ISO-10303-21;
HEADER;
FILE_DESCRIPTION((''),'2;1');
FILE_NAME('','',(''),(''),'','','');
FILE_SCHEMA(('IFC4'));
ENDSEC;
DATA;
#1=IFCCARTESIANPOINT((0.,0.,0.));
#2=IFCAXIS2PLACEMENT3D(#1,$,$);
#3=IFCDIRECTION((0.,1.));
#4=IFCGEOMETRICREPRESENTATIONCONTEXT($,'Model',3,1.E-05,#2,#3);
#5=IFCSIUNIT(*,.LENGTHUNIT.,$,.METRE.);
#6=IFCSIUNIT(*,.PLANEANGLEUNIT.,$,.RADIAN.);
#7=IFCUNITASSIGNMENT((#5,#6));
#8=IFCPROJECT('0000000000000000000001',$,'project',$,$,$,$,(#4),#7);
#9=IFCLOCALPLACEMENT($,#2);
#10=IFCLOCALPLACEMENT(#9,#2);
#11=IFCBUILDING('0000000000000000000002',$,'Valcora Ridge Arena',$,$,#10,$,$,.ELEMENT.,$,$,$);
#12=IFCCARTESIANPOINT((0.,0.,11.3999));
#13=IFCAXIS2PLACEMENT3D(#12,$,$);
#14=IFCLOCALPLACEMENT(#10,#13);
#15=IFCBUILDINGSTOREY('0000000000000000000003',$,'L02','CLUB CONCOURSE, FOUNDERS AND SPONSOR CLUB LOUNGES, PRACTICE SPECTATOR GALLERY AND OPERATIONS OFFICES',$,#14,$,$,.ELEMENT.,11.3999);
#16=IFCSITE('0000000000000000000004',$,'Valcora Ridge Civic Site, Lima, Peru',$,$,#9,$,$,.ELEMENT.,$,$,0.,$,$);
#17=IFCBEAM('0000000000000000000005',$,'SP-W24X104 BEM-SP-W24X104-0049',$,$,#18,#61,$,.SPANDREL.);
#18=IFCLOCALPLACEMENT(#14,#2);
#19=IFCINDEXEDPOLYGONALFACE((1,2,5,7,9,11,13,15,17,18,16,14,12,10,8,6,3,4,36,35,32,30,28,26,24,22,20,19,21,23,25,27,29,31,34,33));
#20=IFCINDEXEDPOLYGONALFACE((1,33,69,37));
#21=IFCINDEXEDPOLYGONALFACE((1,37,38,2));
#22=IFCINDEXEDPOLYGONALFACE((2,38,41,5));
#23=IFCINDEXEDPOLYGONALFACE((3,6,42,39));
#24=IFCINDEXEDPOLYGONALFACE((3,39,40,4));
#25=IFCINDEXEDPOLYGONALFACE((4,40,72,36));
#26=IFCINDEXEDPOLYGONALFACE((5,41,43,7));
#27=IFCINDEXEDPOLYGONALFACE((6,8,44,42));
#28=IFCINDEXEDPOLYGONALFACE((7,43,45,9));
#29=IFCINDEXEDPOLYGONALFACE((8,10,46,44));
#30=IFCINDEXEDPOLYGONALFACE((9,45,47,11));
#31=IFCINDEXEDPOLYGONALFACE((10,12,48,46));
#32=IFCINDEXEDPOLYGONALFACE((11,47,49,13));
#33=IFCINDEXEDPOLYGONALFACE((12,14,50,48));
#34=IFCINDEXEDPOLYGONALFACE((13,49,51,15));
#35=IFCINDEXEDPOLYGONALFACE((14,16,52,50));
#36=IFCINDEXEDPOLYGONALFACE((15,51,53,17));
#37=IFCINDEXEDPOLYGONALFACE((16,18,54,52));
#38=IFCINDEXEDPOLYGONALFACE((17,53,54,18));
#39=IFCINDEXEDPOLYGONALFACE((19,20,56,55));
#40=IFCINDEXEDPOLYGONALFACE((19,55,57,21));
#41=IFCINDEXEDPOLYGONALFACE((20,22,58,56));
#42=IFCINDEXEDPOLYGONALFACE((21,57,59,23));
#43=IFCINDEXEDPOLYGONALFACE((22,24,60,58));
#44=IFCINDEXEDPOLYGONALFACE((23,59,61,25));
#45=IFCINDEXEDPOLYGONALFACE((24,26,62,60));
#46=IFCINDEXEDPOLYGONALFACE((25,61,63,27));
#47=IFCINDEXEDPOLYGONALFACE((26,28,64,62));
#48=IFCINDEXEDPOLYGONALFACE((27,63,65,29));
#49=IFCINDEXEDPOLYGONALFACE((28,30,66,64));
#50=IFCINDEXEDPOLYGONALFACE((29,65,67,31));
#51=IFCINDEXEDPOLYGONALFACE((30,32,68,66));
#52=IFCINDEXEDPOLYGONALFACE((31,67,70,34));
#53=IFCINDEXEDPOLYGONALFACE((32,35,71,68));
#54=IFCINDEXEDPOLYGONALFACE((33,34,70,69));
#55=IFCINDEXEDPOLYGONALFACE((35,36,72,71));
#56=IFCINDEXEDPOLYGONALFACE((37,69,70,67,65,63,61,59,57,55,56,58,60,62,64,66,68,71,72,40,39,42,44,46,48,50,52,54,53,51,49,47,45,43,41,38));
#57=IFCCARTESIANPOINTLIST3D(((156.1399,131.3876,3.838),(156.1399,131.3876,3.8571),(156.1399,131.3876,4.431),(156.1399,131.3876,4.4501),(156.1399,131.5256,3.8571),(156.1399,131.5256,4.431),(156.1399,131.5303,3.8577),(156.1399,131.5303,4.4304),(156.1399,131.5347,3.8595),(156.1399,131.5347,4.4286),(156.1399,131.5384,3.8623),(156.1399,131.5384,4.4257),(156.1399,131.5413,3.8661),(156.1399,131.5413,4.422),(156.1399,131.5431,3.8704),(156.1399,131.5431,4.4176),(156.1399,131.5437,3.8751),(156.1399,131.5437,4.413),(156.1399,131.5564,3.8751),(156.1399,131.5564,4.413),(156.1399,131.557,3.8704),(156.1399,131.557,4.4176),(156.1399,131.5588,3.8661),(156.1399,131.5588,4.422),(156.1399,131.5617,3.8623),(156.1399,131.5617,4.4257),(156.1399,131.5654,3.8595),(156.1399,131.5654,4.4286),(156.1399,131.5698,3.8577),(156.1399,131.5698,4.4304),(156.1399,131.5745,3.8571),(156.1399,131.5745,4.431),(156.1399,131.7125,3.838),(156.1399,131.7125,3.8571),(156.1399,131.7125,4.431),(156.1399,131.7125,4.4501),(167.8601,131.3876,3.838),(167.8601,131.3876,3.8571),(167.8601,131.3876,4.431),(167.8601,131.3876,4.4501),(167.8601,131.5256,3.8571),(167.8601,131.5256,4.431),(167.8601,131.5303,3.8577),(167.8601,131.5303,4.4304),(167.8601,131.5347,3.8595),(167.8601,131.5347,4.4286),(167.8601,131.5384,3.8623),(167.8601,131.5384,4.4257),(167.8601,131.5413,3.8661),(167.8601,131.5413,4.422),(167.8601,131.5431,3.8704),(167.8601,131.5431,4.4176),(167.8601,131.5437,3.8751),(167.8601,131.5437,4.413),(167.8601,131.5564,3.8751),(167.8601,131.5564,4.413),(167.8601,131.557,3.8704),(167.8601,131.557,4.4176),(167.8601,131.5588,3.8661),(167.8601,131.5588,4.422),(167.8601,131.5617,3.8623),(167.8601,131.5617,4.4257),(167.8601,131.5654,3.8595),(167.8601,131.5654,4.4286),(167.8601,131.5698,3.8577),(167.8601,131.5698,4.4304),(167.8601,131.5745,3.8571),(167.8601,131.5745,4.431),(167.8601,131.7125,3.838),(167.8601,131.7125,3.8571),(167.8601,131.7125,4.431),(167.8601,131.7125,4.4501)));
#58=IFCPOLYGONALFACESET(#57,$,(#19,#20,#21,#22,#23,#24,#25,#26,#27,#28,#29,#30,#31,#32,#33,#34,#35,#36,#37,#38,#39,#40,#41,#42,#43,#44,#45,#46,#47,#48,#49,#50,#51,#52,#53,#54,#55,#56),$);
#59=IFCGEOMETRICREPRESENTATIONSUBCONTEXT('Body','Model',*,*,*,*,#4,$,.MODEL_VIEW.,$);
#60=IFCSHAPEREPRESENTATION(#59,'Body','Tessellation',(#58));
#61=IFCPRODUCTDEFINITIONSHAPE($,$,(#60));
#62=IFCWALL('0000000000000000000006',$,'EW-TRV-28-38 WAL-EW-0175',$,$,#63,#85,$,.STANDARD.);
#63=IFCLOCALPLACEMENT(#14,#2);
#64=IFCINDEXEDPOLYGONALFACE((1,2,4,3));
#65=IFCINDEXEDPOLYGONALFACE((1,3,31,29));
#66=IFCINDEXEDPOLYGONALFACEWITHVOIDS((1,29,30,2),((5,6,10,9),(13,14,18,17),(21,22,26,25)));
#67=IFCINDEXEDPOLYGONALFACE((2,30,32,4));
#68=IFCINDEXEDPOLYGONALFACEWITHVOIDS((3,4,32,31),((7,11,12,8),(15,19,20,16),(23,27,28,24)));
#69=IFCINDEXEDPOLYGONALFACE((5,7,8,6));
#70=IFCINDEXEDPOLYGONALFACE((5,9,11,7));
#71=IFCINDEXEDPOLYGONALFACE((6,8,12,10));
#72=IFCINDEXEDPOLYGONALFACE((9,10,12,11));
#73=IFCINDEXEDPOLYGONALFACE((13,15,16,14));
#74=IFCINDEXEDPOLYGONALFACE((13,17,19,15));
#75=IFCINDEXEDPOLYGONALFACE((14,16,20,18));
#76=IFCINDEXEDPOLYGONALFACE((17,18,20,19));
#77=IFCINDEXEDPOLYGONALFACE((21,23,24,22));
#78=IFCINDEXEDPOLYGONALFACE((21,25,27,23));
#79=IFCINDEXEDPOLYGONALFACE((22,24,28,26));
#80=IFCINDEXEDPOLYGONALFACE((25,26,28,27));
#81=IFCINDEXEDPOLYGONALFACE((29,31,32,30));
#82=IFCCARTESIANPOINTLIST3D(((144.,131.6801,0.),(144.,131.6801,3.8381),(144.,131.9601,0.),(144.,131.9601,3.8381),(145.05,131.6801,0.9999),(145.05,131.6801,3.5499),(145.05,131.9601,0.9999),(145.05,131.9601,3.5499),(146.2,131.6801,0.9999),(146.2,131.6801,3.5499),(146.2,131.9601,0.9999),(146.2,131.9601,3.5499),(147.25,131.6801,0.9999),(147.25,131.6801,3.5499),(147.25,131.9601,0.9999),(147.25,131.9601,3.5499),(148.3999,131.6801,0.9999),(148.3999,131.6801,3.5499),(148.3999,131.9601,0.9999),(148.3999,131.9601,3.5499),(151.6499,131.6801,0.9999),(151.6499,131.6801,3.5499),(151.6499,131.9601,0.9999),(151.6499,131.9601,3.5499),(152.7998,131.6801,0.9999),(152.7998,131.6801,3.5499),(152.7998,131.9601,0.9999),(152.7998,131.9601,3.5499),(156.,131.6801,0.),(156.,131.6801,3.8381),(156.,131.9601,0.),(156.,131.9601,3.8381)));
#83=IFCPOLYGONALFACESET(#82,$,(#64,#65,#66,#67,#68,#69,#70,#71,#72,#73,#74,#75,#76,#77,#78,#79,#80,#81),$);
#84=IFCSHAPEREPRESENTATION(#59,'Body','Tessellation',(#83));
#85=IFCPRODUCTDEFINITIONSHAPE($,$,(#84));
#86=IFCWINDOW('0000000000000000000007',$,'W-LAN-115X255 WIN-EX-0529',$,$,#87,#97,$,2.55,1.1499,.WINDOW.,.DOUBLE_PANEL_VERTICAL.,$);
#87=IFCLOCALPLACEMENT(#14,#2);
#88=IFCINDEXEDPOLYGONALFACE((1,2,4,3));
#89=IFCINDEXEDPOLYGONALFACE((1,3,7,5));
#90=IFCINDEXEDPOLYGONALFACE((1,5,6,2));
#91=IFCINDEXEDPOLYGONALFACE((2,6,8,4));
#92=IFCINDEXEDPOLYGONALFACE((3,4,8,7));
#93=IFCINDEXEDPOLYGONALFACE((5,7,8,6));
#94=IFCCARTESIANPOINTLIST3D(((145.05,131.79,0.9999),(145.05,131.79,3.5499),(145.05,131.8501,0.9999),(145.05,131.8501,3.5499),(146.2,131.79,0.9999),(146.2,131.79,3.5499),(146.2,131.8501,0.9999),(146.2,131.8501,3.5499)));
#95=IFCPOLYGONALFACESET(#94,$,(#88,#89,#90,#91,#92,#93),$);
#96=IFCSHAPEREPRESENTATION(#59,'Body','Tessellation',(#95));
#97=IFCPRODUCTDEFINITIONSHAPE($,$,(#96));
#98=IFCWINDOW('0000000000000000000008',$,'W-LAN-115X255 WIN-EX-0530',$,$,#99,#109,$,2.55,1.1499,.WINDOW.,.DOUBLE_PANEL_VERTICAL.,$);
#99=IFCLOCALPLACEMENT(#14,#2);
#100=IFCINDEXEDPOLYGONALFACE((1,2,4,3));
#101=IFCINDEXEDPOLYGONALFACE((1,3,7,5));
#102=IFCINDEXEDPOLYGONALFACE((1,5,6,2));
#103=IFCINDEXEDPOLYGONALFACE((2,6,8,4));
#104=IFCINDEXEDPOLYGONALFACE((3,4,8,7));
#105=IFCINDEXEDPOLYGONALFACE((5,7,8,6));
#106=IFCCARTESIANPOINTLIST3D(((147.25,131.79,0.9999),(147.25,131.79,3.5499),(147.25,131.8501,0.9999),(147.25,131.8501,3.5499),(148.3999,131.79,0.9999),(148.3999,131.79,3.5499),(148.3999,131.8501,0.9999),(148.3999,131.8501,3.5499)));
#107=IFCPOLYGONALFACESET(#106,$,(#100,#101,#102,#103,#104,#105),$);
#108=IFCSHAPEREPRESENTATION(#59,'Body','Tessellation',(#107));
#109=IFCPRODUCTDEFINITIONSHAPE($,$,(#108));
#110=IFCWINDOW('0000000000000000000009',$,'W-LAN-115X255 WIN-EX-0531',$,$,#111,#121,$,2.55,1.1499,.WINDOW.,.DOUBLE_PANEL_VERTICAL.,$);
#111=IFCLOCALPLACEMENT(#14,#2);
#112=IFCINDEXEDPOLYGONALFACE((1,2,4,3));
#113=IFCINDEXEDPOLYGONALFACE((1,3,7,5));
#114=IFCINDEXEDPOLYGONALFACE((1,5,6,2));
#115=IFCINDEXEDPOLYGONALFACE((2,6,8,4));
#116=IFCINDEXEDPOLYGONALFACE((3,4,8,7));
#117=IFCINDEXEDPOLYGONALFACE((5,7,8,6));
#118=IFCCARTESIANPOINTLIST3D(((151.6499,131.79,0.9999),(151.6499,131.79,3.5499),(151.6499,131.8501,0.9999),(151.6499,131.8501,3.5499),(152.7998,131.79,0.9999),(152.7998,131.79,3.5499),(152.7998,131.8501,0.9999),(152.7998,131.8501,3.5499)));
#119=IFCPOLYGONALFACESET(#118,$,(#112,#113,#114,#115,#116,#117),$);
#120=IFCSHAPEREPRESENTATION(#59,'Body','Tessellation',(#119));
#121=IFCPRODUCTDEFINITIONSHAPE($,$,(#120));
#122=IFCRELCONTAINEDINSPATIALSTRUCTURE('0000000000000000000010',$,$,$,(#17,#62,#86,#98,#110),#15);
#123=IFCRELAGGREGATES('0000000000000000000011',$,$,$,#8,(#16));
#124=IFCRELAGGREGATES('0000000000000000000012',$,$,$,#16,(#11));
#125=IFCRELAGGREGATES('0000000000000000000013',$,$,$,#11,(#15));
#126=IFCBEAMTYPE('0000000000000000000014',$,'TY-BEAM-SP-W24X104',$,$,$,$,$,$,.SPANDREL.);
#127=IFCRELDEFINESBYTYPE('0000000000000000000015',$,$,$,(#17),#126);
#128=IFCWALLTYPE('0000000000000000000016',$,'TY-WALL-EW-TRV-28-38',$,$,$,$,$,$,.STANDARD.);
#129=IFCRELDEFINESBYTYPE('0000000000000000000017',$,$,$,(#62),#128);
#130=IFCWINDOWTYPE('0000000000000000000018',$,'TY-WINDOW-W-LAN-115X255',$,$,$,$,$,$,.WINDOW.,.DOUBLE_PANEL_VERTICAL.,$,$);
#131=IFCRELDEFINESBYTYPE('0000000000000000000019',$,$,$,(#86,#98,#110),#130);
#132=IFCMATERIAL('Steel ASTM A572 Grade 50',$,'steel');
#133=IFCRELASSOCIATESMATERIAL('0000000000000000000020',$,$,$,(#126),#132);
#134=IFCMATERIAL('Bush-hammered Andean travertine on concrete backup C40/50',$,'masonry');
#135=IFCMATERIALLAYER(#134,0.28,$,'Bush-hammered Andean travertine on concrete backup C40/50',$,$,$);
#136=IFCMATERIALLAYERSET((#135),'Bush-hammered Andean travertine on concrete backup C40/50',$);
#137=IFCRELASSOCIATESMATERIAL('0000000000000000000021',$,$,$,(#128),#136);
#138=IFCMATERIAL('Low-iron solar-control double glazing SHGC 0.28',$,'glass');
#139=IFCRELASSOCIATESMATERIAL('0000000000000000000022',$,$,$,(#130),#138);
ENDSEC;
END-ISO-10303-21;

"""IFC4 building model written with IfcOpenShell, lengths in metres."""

from ifc_helpers import new_model, si_unit, direction, frame, frame_2d, origin, origin_2d, place, context, subcontext, project, spatial, rectangle, i_section, extrude, material, layer, layer_set, material_profile, profile_set, type_object, element, fill, save


model = new_model("IFC4")

# Units and contexts
model_context = context("Model", 3, precision=1e-05, world=origin(), true_north=direction((0.0, 1.0)))
body_context = subcontext(model_context, "Body", "Model", "MODEL_VIEW")
ifc_project = project(units=[si_unit("LENGTHUNIT", "METRE"), si_unit("PLANEANGLEUNIT", "RADIAN")], contexts=[model_context])

# Site, building, storey
site_placement = place(None, origin())
site = spatial("IfcSite", under=ifc_project, at=site_placement, Name="Valcora Ridge Civic Site, Lima, Peru", CompositionType="ELEMENT", RefElevation=0.0)
building_placement = place(site_placement, origin())
building = spatial("IfcBuilding", under=site, at=building_placement, Name="Valcora Ridge Arena", CompositionType="ELEMENT")
storey_placement = place(building_placement, frame((0.0, 0.0, 11.3999)))
storey = spatial("IfcBuildingStorey", under=building, at=storey_placement, Name="L02", Description="CLUB CONCOURSE, FOUNDERS AND SPONSOR CLUB LOUNGES, PRACTICE SPECTATOR GALLERY AND OPERATIONS OFFICES", CompositionType="ELEMENT", Elevation=11.3999)

# Beam
ifc_material_1 = material(Name="Steel ASTM A572 Grade 50", Category="steel")
ifc_material_profile_1 = material_profile(ifc_material_1, i_section(OverallWidth=0.325, OverallDepth=0.6121, WebThickness=0.0127, FlangeThickness=0.019, FilletRadius=0.0181, at=origin_2d()), Name="W24X104")
ifc_profile_set_1 = profile_set([ifc_material_profile_1], Name="Steel ASTM A572 Grade 50")
beam_type_1 = type_object("IfcBeamType", Name="TY-BEAM-SP-W24X104", PredefinedType="SPANDREL", material=ifc_profile_set_1)
for number, where, z_axis, x_axis, name in (
    (1, (156.1399, 131.55, 4.144), (1.0, 0.0, 0.0), (0.0, 1.0, 0.0), "SP-W24X104 BEM-SP-W24X104-0049"),
):
    element("IfcBeam", number, at=place(storey_placement, frame(where, z_axis=z_axis, x_axis=x_axis)), inside=storey, type_object=beam_type_1, Name=name, PredefinedType="SPANDREL", context=body_context, shape_type="SweptSolid", body=[
        extrude(i_section(OverallWidth=0.325, OverallDepth=0.6121, WebThickness=0.0127, FlangeThickness=0.019, FilletRadius=0.0181, at=origin_2d()), origin(), (0.0, 0.0, 1.0), 11.7202),
    ])

# Wall, openings, windows
ifc_material_2 = material(Name="Bush-hammered Andean travertine on concrete backup C40/50", Category="masonry")
ifc_layer_1 = layer(ifc_material_2, 0.28, Name="Bush-hammered Andean travertine on concrete backup C40/50")
ifc_layer_set_1 = layer_set([ifc_layer_1], Name="Bush-hammered Andean travertine on concrete backup C40/50")
wall_type_1 = type_object("IfcWallType", Name="TY-WALL-EW-TRV-28-38", PredefinedType="STANDARD", material=ifc_layer_set_1)
wall_1_placement = place(storey_placement, frame((144.0, 131.8201, 0.0), z_axis=(0.0, 0.0, 1.0), x_axis=(1.0, 0.0, 0.0)))
wall_1 = element("IfcWall", 2, at=wall_1_placement, inside=storey, type_object=wall_type_1, Name="EW-TRV-28-38 WAL-EW-0175", PredefinedType="STANDARD", context=body_context, shape_type="SweptSolid", body=[
    extrude(rectangle(XDim=12.0, YDim=0.28, at=frame_2d((6.0, 0.0))), origin(), (0.0, 0.0, 1.0), 3.8381),
])
opening_1_placement = place(wall_1_placement, frame((1.05, 0.0, 1.0)))
opening_1 = element("IfcOpeningElement", 3, at=opening_1_placement, cuts=wall_1, PredefinedType="OPENING", context=body_context, shape_type="SweptSolid", body=[
    extrude(rectangle(XDim=1.1499, YDim=2.55, at=frame_2d((0.575, 1.2749))), frame((0.0, 0.1499, 0.0), z_axis=(0.0, -1.0, 0.0), x_axis=(1.0, 0.0, 0.0)), (0.0, 0.0, 1.0), 0.3),
])
opening_2_placement = place(wall_1_placement, frame((3.25, 0.0, 1.0)))
opening_2 = element("IfcOpeningElement", 4, at=opening_2_placement, cuts=wall_1, PredefinedType="OPENING", context=body_context, shape_type="SweptSolid", body=[
    extrude(rectangle(XDim=1.1499, YDim=2.55, at=frame_2d((0.575, 1.2749))), frame((0.0, 0.1499, 0.0), z_axis=(0.0, -1.0, 0.0), x_axis=(1.0, 0.0, 0.0)), (0.0, 0.0, 1.0), 0.3),
])
opening_3_placement = place(wall_1_placement, frame((7.6499, 0.0, 1.0)))
opening_3 = element("IfcOpeningElement", 5, at=opening_3_placement, cuts=wall_1, PredefinedType="OPENING", context=body_context, shape_type="SweptSolid", body=[
    extrude(rectangle(XDim=1.1499, YDim=2.55, at=frame_2d((0.575, 1.2749))), frame((0.0, 0.1499, 0.0), z_axis=(0.0, -1.0, 0.0), x_axis=(1.0, 0.0, 0.0)), (0.0, 0.0, 1.0), 0.3),
])
ifc_material_3 = material(Name="Low-iron solar-control double glazing SHGC 0.28", Category="glass")
window_type = type_object("IfcWindowType", Name="TY-WINDOW-W-LAN-115X255", PartitioningType="DOUBLE_PANEL_VERTICAL", PredefinedType="WINDOW", material=ifc_material_3)
window_1_placement = place(opening_1_placement, origin())
window_1 = element("IfcWindow", 6, at=window_1_placement, inside=storey, type_object=window_type, Name="W-LAN-115X255 WIN-EX-0529", OverallHeight=2.55, OverallWidth=1.1499, PartitioningType="DOUBLE_PANEL_VERTICAL", PredefinedType="WINDOW", context=body_context, shape_type="SweptSolid", body=[
    extrude(rectangle(XDim=1.1499, YDim=2.55, at=frame_2d((0.575, 1.2749))), frame((0.0, 0.03, 0.0), z_axis=(0.0, -1.0, 0.0), x_axis=(1.0, 0.0, 0.0)), (0.0, 0.0, 1.0), 0.0601),
])
fill(opening_1, window_1)
window_2_placement = place(opening_2_placement, origin())
window_2 = element("IfcWindow", 7, at=window_2_placement, inside=storey, type_object=window_type, Name="W-LAN-115X255 WIN-EX-0530", OverallHeight=2.55, OverallWidth=1.1499, PartitioningType="DOUBLE_PANEL_VERTICAL", PredefinedType="WINDOW", context=body_context, shape_type="SweptSolid", body=[
    extrude(rectangle(XDim=1.1499, YDim=2.55, at=frame_2d((0.575, 1.2749))), frame((0.0, 0.03, 0.0), z_axis=(0.0, -1.0, 0.0), x_axis=(1.0, 0.0, 0.0)), (0.0, 0.0, 1.0), 0.0601),
])
fill(opening_2, window_2)
window_3_placement = place(opening_3_placement, origin())
window_3 = element("IfcWindow", 8, at=window_3_placement, inside=storey, type_object=window_type, Name="W-LAN-115X255 WIN-EX-0531", OverallHeight=2.55, OverallWidth=1.1499, PartitioningType="DOUBLE_PANEL_VERTICAL", PredefinedType="WINDOW", context=body_context, shape_type="SweptSolid", body=[
    extrude(rectangle(XDim=1.1499, YDim=2.55, at=frame_2d((0.575, 1.2749))), frame((0.0, 0.03, 0.0), z_axis=(0.0, -1.0, 0.0), x_axis=(1.0, 0.0, 0.0)), (0.0, 0.0, 1.0), 0.0601),
])
fill(opening_3, window_3)

save(model, "model.ifc")
